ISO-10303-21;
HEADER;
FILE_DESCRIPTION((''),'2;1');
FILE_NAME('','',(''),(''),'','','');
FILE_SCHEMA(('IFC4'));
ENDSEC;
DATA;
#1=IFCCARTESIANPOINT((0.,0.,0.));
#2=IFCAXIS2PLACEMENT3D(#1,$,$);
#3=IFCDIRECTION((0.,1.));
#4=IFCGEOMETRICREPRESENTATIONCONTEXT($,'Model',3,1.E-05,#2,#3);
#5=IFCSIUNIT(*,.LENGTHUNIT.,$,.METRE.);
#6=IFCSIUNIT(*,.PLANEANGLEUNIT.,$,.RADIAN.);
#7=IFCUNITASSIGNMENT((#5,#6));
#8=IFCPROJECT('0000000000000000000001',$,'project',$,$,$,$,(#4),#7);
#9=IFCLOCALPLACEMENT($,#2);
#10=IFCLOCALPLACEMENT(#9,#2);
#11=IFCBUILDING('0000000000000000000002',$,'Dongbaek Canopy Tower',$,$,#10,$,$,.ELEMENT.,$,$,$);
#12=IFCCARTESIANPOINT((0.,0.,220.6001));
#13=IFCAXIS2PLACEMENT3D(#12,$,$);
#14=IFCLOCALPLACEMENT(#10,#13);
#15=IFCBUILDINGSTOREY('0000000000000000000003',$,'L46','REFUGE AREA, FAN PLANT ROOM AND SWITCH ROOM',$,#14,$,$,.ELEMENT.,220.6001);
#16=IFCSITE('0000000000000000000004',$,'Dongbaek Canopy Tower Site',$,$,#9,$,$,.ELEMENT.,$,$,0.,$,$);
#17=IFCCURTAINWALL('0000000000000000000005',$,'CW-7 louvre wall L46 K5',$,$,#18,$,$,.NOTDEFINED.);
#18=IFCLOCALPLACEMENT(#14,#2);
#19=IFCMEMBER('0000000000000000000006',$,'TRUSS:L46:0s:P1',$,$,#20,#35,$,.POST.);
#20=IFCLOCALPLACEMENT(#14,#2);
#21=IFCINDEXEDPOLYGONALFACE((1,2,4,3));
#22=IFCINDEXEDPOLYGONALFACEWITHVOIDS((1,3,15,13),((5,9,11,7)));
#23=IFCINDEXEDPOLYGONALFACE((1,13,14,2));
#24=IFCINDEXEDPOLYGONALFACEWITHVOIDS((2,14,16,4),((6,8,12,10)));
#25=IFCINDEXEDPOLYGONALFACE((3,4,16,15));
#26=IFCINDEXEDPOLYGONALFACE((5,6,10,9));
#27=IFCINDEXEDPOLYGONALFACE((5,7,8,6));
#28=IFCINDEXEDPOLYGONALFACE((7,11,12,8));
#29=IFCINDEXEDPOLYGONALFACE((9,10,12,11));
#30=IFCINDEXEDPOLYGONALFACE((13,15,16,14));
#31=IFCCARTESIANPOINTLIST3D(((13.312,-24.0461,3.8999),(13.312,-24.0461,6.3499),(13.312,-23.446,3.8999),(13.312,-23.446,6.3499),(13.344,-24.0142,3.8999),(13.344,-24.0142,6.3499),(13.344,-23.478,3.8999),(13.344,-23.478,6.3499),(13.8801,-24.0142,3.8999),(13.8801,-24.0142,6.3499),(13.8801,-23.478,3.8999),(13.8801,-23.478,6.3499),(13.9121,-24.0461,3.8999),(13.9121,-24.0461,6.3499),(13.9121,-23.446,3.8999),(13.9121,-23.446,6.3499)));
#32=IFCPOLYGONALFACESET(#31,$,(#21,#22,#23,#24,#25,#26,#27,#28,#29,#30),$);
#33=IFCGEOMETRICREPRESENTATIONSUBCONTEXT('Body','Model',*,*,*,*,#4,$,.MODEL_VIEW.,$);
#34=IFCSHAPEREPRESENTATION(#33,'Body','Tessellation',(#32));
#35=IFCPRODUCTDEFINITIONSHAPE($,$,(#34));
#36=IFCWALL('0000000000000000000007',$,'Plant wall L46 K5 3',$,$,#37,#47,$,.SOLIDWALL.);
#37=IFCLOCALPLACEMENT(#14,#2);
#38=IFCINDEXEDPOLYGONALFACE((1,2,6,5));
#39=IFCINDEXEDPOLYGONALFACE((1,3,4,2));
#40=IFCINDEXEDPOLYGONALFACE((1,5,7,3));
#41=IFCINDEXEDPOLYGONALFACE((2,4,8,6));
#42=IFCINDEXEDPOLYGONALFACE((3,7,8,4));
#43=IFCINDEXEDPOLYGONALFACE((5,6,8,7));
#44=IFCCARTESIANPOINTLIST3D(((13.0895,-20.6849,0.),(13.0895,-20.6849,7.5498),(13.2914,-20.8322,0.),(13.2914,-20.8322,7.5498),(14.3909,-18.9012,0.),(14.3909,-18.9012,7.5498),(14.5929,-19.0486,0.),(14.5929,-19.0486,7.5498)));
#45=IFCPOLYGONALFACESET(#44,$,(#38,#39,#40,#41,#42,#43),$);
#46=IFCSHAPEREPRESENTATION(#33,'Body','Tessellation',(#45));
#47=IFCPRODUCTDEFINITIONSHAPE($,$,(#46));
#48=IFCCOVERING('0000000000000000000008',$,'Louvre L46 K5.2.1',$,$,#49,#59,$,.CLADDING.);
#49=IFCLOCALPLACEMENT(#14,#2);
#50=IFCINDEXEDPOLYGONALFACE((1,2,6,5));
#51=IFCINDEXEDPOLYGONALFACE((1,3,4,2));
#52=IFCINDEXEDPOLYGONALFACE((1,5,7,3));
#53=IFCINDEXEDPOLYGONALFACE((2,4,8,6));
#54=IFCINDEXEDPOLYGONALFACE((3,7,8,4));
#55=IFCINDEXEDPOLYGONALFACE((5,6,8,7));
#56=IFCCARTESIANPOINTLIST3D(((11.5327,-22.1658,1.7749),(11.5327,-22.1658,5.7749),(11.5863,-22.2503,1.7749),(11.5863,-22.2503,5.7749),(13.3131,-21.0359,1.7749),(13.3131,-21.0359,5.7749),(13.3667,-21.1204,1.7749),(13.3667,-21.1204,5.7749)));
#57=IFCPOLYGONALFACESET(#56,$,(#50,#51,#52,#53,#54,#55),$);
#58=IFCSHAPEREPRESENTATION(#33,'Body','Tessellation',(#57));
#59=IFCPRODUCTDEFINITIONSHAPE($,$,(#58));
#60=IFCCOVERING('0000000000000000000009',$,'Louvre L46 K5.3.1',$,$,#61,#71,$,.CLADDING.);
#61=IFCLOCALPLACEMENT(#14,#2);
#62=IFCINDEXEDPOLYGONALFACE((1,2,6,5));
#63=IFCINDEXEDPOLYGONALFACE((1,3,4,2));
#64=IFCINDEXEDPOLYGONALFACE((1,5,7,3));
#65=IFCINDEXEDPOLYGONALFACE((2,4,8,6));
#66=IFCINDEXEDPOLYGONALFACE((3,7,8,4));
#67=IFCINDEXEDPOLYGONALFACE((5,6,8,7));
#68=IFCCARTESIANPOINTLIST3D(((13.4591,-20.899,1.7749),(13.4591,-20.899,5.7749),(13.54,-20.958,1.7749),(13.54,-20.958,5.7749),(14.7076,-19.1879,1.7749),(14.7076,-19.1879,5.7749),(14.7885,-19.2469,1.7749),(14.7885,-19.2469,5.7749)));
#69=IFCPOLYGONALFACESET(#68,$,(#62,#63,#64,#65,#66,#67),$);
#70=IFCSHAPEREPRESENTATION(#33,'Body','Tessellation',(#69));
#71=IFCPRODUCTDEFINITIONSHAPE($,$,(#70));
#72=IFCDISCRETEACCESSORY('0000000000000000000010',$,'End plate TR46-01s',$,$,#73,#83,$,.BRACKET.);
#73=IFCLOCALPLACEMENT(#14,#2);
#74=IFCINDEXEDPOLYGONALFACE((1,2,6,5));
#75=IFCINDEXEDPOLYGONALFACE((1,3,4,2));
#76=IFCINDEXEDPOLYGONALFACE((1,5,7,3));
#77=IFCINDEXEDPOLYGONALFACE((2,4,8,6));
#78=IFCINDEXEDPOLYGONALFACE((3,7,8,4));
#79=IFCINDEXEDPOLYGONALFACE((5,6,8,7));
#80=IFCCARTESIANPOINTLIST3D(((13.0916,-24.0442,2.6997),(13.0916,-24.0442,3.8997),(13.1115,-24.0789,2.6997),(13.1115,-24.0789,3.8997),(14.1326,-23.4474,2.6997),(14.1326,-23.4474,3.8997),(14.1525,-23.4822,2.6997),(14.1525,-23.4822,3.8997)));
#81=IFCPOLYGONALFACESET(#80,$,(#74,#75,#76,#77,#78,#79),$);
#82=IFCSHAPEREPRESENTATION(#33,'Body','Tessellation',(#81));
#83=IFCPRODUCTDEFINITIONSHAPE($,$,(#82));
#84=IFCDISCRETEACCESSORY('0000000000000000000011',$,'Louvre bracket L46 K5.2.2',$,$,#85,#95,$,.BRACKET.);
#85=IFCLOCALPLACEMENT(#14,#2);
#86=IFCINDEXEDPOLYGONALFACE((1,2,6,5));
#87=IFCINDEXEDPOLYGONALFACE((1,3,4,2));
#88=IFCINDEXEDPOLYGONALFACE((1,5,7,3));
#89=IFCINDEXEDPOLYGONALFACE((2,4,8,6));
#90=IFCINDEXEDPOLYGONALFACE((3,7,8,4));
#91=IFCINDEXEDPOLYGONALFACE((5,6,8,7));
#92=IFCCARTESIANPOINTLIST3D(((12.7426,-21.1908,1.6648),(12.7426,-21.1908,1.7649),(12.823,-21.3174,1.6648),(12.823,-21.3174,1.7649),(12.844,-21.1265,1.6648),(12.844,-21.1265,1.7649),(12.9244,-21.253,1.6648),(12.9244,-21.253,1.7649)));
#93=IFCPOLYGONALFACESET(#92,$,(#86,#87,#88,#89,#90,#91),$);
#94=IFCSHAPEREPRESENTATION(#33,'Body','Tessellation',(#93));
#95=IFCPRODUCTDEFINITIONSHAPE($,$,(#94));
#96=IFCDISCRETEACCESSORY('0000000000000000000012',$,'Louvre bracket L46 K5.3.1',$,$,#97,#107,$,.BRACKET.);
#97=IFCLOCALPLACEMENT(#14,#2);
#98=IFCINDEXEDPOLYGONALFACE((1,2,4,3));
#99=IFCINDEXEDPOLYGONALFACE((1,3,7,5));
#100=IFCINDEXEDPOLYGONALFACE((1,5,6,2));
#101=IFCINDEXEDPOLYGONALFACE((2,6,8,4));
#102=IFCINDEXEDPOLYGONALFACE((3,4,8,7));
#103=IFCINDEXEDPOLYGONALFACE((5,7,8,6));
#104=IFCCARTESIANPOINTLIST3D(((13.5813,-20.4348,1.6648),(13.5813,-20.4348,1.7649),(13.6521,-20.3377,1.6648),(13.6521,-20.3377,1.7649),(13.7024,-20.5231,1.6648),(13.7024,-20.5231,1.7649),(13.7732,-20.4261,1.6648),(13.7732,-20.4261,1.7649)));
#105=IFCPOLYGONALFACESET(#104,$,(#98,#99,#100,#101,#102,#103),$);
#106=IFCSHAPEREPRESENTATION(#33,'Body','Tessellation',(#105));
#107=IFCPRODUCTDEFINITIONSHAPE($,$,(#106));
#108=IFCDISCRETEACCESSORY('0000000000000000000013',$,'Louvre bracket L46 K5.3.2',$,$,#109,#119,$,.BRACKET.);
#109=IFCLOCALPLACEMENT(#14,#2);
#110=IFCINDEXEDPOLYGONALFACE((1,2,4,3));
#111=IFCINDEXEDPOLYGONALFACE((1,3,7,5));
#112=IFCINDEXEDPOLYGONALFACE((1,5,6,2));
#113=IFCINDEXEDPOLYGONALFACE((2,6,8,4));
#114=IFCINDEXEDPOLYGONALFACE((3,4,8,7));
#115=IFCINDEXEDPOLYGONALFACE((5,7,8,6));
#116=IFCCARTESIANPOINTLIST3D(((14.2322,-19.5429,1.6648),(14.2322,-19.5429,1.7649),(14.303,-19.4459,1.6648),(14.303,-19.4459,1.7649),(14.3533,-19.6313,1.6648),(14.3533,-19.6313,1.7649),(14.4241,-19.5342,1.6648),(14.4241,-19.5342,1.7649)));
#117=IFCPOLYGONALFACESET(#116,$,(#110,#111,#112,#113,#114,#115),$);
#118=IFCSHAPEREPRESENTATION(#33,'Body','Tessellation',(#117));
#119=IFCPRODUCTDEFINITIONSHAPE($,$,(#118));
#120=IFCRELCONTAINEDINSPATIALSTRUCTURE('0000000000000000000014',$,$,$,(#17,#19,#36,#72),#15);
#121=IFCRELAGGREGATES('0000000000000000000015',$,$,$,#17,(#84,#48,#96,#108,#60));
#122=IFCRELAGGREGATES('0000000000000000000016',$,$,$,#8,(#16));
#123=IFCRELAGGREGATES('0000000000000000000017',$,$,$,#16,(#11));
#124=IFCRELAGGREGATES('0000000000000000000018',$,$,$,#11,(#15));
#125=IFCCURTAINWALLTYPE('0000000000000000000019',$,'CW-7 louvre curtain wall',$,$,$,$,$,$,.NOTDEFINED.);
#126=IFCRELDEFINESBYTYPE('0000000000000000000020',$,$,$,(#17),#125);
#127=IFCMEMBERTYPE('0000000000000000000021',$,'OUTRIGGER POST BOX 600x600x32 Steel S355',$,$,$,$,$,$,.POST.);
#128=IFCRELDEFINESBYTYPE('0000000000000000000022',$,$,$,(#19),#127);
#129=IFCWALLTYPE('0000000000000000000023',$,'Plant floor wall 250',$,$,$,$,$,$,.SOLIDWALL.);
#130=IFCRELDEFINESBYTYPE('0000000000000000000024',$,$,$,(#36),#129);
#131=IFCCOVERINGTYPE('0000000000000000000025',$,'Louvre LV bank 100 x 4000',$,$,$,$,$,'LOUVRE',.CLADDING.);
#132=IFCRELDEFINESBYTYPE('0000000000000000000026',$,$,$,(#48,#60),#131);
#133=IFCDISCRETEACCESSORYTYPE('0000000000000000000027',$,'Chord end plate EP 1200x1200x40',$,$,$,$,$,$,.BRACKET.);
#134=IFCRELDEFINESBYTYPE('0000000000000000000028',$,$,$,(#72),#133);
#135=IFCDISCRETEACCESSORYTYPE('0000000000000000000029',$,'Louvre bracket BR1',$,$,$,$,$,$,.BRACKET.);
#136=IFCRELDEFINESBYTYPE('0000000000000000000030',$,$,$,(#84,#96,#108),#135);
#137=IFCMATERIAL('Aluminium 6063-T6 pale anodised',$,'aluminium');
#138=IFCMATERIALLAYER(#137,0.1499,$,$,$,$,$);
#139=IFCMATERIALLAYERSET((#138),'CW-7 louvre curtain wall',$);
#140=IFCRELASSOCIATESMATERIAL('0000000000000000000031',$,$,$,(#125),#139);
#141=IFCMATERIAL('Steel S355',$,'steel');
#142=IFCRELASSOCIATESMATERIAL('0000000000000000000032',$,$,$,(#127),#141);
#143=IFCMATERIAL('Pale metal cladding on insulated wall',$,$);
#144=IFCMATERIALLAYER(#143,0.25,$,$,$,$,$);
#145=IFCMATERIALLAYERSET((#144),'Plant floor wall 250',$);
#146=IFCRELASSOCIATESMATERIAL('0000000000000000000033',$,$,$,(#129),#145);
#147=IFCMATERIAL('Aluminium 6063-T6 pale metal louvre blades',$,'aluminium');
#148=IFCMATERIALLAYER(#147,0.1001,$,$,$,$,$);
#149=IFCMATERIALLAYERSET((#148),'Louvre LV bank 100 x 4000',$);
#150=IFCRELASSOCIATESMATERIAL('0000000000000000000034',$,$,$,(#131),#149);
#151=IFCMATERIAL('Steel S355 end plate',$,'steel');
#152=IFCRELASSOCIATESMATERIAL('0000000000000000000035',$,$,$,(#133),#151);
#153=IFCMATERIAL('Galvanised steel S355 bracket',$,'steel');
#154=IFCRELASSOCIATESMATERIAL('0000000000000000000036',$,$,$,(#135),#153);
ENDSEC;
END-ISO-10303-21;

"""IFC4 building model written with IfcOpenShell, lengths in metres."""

from ifc_helpers import new_model, si_unit, direction, frame, frame_2d, origin, origin_2d, place, context, subcontext, project, spatial, rectangle, hollow_rectangle, extrude, material, layer, layer_set, material_profile, profile_set, type_object, element, aggregate, save


model = new_model("IFC4")

# Units and contexts
model_context = context("Model", 3, precision=1e-05, world=origin(), true_north=direction((0.0, 1.0)))
body_context = subcontext(model_context, "Body", "Model", "MODEL_VIEW")
ifc_project = project(units=[si_unit("LENGTHUNIT", "METRE"), si_unit("PLANEANGLEUNIT", "RADIAN")], contexts=[model_context])

# Site, building, storey
site_placement = place(None, origin())
site = spatial("IfcSite", under=ifc_project, at=site_placement, Name="Dongbaek Canopy Tower Site", CompositionType="ELEMENT", RefElevation=0.0)
building_placement = place(site_placement, origin())
building = spatial("IfcBuilding", under=site, at=building_placement, Name="Dongbaek Canopy Tower", CompositionType="ELEMENT")
storey_placement = place(building_placement, frame((0.0, 0.0, 220.6001)))
storey = spatial("IfcBuildingStorey", under=building, at=storey_placement, Name="L46", Description="REFUGE AREA, FAN PLANT ROOM AND SWITCH ROOM", CompositionType="ELEMENT", Elevation=220.6001)

# Curtain wall
ifc_material_1 = material(Name="Aluminium 6063-T6 pale anodised", Category="aluminium")
ifc_layer_1 = layer(ifc_material_1, 0.1499)
ifc_layer_set_1 = layer_set([ifc_layer_1], Name="CW-7 louvre curtain wall")
curtain_wall_type = type_object("IfcCurtainWallType", Name="CW-7 louvre curtain wall", PredefinedType="NOTDEFINED", material=ifc_layer_set_1)
curtain_wall_placement = place(storey_placement, origin())
curtain_wall = element("IfcCurtainWall", 1, at=curtain_wall_placement, inside=storey, type_object=curtain_wall_type, Name="CW-7 louvre wall L46 K5", PredefinedType="NOTDEFINED")

# Member
ifc_material_2 = material(Name="Steel S355", Category="steel")
ifc_material_profile_1 = material_profile(ifc_material_2, hollow_rectangle(XDim=0.6001, YDim=0.6001, WallThickness=0.032, at=origin_2d()), Name="OUTRIGGER POST BOX 600x600x32 Steel S355")
ifc_profile_set_1 = profile_set([ifc_material_profile_1], Name="Steel S355")
member_type_1 = type_object("IfcMemberType", Name="OUTRIGGER POST BOX 600x600x32 Steel S355", PredefinedType="POST", material=ifc_profile_set_1)
member_1_placement = place(storey_placement, frame((13.6121, -23.7461, 3.8999), z_axis=(0.0, 0.0, 1.0), x_axis=(1.0, 0.0, 0.0)))
element("IfcMember", 2, at=member_1_placement, inside=storey, type_object=member_type_1, Name="TRUSS:L46:0s:P1", PredefinedType="POST", context=body_context, shape_type="SweptSolid", body=[
    extrude(hollow_rectangle(XDim=0.6001, YDim=0.6001, WallThickness=0.032, at=origin_2d()), origin(), (0.0, 0.0, 1.0), 2.45),
])

# Wall
ifc_material_3 = material(Name="Pale metal cladding on insulated wall")
ifc_layer_2 = layer(ifc_material_3, 0.25)
ifc_layer_set_2 = layer_set([ifc_layer_2], Name="Plant floor wall 250")
wall_type = type_object("IfcWallType", Name="Plant floor wall 250", PredefinedType="SOLIDWALL", material=ifc_layer_set_2)
wall_placement = place(storey_placement, frame((13.1904, -20.7585, 0.0), z_axis=(0.0, 0.0, 1.0), x_axis=(0.58944, 0.807812, 0.0)))
element("IfcWall", 3, at=wall_placement, inside=storey, type_object=wall_type, Name="Plant wall L46 K5 3", PredefinedType="SOLIDWALL", context=body_context, shape_type="SweptSolid", body=[
    extrude(rectangle(XDim=2.208, YDim=0.25, at=frame_2d((1.104, 0.0))), origin(), (0.0, 0.0, 1.0), 7.5498),
])

# Coverings
ifc_material_4 = material(Name="Aluminium 6063-T6 pale metal louvre blades", Category="aluminium")
ifc_layer_3 = layer(ifc_material_4, 0.1001)
ifc_layer_set_3 = layer_set([ifc_layer_3], Name="Louvre LV bank 100 x 4000")
covering_type = type_object("IfcCoveringType", Name="Louvre LV bank 100 x 4000", ElementType="LOUVRE", PredefinedType="CLADDING", material=ifc_layer_set_3)
covering_1_placement = place(storey_placement, frame((12.4497, -21.6431, 1.7749), z_axis=(0.0, 0.0, 1.0), x_axis=(0.844315, 0.535846, 0.0)))
covering_1 = element("IfcCovering", 4, at=covering_1_placement, type_object=covering_type, Name="Louvre L46 K5.2.1", PredefinedType="CLADDING", context=body_context, shape_type="SweptSolid", body=[
    extrude(rectangle(XDim=2.1086, YDim=0.1001, at=origin_2d()), origin(), (0.0, 0.0, 1.0), 4.0),
])
covering_2_placement = place(storey_placement, frame((14.1238, -20.073, 1.7749), z_axis=(0.0, 0.0, 1.0), x_axis=(0.589428, 0.807821, 0.0)))
covering_2 = element("IfcCovering", 5, at=covering_2_placement, type_object=covering_type, Name="Louvre L46 K5.3.1", PredefinedType="CLADDING", context=body_context, shape_type="SweptSolid", body=[
    extrude(rectangle(XDim=2.1182, YDim=0.1001, at=origin_2d()), origin(), (0.0, 0.0, 1.0), 4.0),
])

# Discrete accessories
ifc_material_5 = material(Name="Steel S355 end plate", Category="steel")
discrete_accessory_type_1 = type_object("IfcDiscreteAccessoryType", Name="Chord end plate EP 1200x1200x40", PredefinedType="BRACKET", material=ifc_material_5)
discrete_accessory_1_placement = place(storey_placement, frame((13.6221, -23.7632, 2.6997), z_axis=(0.0, 0.0, 1.0), x_axis=(-0.497319, 0.867568, 0.0)))
element("IfcDiscreteAccessory", 6, at=discrete_accessory_1_placement, inside=storey, type_object=discrete_accessory_type_1, Name="End plate TR46-01s", PredefinedType="BRACKET", context=body_context, shape_type="SweptSolid", body=[
    extrude(rectangle(XDim=0.04, YDim=1.2, at=origin_2d()), origin(), (0.0, 0.0, 1.0), 1.2),
])
ifc_material_6 = material(Name="Galvanised steel S355 bracket", Category="steel")
discrete_accessory_type_2 = type_object("IfcDiscreteAccessoryType", Name="Louvre bracket BR1", PredefinedType="BRACKET", material=ifc_material_6)
discrete_accessory_2_placement = place(storey_placement, frame((12.8335, -21.2219, 1.6648), z_axis=(0.0, 0.0, 1.0), x_axis=(0.844315, 0.535846, 0.0)))
discrete_accessory_2 = element("IfcDiscreteAccessory", 7, at=discrete_accessory_2_placement, type_object=discrete_accessory_type_2, Name="Louvre bracket L46 K5.2.2", PredefinedType="BRACKET", context=body_context, shape_type="SweptSolid", body=[
    extrude(rectangle(XDim=0.1201, YDim=0.1499, at=origin_2d()), origin(), (0.0, 0.0, 1.0), 0.1001),
])
discrete_accessory_3_placement = place(storey_placement, frame((13.6772, -20.4304, 1.6648), z_axis=(0.0, 0.0, 1.0), x_axis=(0.589428, 0.807821, 0.0)))
discrete_accessory_3 = element("IfcDiscreteAccessory", 8, at=discrete_accessory_3_placement, type_object=discrete_accessory_type_2, Name="Louvre bracket L46 K5.3.1", PredefinedType="BRACKET", context=body_context, shape_type="SweptSolid", body=[
    extrude(rectangle(XDim=0.1201, YDim=0.1499, at=origin_2d()), origin(), (0.0, 0.0, 1.0), 0.1001),
])
discrete_accessory_4_placement = place(storey_placement, frame((14.3281, -19.5386, 1.6648), z_axis=(0.0, 0.0, 1.0), x_axis=(0.589428, 0.807821, 0.0)))
discrete_accessory_4 = element("IfcDiscreteAccessory", 9, at=discrete_accessory_4_placement, type_object=discrete_accessory_type_2, Name="Louvre bracket L46 K5.3.2", PredefinedType="BRACKET", context=body_context, shape_type="SweptSolid", body=[
    extrude(rectangle(XDim=0.1201, YDim=0.1499, at=origin_2d()), origin(), (0.0, 0.0, 1.0), 0.1001),
])
aggregate(curtain_wall, [discrete_accessory_2, covering_1, discrete_accessory_3, discrete_accessory_4, covering_2])

save(model, "model.ifc")
